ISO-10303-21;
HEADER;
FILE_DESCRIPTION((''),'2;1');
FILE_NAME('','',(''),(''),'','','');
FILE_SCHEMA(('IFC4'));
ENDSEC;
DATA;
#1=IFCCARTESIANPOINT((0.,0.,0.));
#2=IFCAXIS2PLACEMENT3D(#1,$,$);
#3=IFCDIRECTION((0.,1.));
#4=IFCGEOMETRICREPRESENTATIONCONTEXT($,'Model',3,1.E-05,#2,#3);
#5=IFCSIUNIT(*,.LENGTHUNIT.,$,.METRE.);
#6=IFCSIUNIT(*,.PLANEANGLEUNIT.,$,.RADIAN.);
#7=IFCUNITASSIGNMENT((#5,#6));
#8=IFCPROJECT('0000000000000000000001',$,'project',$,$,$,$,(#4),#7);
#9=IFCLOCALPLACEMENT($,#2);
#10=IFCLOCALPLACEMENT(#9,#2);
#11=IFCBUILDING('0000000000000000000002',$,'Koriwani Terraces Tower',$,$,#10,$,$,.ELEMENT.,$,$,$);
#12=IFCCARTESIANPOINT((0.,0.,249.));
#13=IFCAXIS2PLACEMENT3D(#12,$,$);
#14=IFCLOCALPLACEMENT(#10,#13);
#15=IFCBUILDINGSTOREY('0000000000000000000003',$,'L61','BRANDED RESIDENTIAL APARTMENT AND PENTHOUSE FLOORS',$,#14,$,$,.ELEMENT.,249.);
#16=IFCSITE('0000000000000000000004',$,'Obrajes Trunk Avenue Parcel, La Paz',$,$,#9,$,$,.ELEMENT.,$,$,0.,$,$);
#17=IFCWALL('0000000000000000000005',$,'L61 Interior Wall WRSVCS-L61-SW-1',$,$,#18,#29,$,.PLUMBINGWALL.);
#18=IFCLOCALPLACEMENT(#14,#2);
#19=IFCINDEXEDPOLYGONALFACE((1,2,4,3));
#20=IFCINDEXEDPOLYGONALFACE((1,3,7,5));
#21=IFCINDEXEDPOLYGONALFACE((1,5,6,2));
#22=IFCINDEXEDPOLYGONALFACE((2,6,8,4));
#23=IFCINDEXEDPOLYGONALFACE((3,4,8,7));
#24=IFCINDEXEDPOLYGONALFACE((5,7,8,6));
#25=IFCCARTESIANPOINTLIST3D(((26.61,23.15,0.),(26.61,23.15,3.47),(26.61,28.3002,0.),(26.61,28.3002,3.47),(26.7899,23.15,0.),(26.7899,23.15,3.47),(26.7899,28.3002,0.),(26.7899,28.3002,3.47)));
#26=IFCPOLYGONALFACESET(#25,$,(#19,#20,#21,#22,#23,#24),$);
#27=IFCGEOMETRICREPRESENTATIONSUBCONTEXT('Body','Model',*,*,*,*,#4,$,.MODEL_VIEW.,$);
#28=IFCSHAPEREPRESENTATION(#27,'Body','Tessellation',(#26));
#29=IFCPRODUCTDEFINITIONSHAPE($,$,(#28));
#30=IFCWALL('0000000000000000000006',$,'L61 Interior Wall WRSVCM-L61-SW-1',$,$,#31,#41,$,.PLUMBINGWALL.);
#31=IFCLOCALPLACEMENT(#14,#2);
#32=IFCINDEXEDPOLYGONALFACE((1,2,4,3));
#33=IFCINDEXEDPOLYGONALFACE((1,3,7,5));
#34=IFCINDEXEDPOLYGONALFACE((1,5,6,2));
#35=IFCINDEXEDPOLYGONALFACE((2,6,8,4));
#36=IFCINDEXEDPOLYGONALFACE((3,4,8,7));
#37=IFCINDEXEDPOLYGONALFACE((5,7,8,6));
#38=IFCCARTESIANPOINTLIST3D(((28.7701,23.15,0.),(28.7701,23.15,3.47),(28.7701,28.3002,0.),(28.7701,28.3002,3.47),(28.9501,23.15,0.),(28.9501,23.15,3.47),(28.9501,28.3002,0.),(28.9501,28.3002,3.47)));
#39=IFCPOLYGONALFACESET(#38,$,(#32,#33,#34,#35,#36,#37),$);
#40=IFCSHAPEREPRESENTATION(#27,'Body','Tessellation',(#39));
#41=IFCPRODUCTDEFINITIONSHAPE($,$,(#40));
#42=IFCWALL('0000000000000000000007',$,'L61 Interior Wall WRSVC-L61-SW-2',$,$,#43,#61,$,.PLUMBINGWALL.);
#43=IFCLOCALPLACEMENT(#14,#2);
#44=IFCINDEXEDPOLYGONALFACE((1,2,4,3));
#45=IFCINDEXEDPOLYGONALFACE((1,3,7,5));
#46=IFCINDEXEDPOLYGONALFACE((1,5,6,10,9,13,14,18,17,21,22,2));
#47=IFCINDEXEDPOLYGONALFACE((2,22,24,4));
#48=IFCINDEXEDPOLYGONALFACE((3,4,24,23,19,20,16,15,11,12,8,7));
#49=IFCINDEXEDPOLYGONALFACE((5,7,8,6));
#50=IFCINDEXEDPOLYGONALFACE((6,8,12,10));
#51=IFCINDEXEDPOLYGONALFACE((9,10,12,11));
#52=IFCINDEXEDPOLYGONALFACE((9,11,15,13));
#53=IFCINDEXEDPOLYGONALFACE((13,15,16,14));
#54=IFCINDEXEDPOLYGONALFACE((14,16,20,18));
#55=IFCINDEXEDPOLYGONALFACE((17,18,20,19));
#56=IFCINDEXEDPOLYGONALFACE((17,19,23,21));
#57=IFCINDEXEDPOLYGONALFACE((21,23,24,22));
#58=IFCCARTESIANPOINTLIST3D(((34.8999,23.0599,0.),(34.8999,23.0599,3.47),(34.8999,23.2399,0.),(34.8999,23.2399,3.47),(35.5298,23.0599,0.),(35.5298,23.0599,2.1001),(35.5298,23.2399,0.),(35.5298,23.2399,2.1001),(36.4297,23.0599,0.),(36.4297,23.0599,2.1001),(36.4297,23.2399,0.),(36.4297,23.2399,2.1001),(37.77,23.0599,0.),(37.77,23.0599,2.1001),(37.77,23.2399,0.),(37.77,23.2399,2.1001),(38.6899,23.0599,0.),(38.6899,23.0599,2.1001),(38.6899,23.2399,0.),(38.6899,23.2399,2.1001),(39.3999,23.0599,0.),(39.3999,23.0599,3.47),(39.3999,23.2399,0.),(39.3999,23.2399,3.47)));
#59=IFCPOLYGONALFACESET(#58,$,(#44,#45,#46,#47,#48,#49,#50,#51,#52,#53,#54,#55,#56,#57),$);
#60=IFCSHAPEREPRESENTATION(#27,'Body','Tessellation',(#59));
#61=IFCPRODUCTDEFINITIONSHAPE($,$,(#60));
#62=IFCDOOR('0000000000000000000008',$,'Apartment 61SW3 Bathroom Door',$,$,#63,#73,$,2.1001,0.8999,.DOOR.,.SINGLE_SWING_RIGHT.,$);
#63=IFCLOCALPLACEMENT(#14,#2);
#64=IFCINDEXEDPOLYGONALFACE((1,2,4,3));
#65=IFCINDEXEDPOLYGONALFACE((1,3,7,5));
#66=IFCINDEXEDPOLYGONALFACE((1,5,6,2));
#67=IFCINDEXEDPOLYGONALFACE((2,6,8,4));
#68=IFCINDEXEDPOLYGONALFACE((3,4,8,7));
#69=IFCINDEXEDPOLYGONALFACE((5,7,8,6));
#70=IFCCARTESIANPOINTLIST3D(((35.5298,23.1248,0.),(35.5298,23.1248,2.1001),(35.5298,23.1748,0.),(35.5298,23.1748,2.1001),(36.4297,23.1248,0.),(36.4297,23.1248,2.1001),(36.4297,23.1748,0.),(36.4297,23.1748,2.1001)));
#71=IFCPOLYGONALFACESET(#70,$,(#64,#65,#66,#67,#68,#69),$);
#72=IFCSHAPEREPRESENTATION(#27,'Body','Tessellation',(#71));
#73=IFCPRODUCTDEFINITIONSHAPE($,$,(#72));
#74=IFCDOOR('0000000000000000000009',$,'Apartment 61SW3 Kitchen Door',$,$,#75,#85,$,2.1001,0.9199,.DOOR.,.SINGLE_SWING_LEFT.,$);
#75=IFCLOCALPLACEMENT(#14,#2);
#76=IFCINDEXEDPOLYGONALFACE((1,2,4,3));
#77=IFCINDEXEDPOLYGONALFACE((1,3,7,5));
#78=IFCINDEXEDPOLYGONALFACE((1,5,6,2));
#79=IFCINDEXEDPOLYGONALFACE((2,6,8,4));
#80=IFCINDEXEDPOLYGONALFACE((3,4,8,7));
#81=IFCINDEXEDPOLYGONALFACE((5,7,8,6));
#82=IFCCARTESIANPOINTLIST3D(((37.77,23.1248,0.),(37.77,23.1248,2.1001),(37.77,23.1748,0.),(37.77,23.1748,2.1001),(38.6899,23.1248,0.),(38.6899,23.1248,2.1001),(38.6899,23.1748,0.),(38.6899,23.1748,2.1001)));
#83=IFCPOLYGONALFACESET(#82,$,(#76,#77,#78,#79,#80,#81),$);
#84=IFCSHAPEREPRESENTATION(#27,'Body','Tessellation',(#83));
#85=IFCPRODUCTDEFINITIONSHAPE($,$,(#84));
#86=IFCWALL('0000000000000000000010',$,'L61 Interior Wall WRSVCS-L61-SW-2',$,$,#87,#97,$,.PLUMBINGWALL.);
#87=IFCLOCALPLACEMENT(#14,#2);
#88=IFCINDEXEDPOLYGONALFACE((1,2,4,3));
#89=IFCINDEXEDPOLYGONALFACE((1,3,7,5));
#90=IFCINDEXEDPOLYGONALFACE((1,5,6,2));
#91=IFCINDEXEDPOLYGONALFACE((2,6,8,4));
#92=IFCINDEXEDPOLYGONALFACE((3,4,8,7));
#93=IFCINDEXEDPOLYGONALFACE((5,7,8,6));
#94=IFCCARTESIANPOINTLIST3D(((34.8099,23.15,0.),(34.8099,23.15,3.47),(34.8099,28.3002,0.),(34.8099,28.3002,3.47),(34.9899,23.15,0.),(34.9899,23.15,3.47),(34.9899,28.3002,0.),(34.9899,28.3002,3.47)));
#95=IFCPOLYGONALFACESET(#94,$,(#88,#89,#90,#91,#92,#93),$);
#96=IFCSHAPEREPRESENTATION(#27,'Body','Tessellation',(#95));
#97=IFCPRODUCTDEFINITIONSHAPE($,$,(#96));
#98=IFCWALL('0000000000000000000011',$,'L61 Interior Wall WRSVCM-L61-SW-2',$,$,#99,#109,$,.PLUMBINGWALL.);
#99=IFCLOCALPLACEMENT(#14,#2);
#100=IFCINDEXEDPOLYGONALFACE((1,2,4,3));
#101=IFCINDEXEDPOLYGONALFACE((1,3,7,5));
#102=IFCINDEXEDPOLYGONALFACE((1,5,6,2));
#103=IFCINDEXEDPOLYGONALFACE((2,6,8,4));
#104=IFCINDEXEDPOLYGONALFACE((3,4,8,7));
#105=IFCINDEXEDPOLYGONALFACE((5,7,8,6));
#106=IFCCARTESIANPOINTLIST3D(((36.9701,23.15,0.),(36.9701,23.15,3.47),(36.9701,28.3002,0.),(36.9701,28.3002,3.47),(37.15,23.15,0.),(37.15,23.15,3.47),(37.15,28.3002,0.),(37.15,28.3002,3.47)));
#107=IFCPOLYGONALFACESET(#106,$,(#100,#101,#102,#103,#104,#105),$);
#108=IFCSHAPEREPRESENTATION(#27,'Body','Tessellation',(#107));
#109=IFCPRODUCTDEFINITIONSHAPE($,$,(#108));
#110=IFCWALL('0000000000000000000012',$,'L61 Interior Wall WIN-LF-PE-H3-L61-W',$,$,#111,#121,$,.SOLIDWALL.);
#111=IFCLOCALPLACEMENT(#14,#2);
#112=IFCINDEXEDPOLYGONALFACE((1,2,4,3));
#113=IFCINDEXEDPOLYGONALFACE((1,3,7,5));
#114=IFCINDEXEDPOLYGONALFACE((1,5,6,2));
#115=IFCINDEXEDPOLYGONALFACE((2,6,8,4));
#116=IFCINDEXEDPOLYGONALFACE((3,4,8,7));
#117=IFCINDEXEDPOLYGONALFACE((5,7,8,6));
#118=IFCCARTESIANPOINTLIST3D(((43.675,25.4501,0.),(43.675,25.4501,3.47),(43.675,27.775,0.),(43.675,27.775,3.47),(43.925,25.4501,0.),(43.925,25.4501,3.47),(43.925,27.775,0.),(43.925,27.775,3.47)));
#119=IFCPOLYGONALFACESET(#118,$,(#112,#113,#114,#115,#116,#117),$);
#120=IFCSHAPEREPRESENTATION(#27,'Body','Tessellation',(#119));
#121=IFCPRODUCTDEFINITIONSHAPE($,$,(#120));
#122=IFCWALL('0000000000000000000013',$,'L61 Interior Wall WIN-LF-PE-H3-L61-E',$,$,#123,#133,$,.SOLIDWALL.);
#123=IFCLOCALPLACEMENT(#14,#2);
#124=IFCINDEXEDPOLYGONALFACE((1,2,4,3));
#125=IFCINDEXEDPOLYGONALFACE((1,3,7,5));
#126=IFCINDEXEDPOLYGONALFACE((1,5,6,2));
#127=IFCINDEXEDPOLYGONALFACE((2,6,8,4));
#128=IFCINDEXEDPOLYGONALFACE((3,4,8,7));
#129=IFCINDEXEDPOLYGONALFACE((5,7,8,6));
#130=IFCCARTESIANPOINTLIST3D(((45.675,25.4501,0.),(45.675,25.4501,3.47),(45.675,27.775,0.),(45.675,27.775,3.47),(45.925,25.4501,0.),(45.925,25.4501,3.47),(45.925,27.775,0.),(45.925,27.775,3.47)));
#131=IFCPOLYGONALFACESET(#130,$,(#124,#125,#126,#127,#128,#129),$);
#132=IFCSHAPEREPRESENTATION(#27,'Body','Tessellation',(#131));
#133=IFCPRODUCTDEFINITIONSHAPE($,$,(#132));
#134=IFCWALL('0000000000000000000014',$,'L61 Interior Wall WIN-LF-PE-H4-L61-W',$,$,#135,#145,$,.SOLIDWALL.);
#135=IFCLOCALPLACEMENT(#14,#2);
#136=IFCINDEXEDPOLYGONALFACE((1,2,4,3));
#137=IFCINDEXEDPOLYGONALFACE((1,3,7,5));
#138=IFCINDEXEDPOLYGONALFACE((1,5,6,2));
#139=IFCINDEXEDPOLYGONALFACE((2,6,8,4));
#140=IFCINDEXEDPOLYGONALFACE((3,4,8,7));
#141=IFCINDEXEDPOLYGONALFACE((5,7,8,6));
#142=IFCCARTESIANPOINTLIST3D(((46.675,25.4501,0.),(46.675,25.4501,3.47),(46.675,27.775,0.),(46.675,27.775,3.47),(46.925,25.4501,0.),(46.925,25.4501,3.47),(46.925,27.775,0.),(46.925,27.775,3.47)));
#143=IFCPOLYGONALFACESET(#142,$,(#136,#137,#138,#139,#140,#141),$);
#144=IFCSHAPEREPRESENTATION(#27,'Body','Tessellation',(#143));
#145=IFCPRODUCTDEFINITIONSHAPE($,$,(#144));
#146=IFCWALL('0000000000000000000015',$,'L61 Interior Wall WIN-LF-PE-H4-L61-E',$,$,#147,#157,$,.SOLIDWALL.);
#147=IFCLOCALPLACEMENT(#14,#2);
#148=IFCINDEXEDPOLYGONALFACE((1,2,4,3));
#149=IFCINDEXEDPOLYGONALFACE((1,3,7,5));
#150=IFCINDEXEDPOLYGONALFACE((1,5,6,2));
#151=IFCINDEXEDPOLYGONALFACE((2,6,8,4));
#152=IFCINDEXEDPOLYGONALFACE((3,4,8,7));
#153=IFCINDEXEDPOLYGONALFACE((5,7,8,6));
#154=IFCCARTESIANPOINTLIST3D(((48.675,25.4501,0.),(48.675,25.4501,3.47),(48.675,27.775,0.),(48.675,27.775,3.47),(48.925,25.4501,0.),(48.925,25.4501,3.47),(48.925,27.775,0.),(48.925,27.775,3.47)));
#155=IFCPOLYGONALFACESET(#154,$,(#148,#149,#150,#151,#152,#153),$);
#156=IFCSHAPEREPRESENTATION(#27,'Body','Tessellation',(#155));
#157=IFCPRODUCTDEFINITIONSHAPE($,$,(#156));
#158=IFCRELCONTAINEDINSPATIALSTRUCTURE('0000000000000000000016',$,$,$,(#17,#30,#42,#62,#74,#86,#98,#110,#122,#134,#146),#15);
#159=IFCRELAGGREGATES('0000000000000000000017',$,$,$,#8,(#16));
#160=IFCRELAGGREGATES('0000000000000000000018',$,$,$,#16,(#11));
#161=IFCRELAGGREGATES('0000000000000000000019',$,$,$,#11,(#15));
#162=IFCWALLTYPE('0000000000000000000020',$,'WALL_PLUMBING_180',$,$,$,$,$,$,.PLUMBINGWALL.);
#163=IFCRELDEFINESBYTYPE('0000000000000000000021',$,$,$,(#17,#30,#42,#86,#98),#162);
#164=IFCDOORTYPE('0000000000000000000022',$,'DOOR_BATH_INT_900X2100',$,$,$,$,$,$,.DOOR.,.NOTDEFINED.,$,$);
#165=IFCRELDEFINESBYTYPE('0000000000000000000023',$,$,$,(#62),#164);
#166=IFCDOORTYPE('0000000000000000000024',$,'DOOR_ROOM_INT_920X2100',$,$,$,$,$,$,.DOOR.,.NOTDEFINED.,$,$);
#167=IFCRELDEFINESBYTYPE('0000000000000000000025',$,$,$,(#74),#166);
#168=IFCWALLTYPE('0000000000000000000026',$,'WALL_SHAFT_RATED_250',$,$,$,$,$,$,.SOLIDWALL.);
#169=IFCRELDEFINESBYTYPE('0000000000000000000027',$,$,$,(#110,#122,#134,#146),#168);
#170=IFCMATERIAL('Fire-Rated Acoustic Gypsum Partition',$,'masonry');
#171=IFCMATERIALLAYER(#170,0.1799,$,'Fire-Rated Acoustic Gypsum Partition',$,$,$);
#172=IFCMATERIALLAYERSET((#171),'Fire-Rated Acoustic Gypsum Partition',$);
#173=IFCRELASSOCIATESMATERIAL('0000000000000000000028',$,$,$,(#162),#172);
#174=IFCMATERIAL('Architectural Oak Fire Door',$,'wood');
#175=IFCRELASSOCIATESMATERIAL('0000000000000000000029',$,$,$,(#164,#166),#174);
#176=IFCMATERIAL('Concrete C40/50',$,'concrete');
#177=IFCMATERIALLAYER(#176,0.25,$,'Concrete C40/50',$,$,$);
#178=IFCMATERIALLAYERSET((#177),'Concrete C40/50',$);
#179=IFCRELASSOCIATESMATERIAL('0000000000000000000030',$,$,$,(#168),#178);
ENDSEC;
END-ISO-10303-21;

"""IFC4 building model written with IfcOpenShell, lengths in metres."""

from ifc_helpers import new_model, si_unit, direction, frame, frame_2d, origin, place, context, subcontext, project, spatial, rectangle, extrude, material, layer, layer_set, type_object, element, fill, save


model = new_model("IFC4")

# Units and contexts
model_context = context("Model", 3, precision=1e-05, world=origin(), true_north=direction((0.0, 1.0)))
body_context = subcontext(model_context, "Body", "Model", "MODEL_VIEW")
ifc_project = project(units=[si_unit("LENGTHUNIT", "METRE"), si_unit("PLANEANGLEUNIT", "RADIAN")], contexts=[model_context])

# Site, building, storey
site_placement = place(None, origin())
site = spatial("IfcSite", under=ifc_project, at=site_placement, Name="Obrajes Trunk Avenue Parcel, La Paz", CompositionType="ELEMENT", RefElevation=0.0)
building_placement = place(site_placement, origin())
building = spatial("IfcBuilding", under=site, at=building_placement, Name="Koriwani Terraces Tower", CompositionType="ELEMENT")
storey_placement = place(building_placement, frame((0.0, 0.0, 249.0)))
storey = spatial("IfcBuildingStorey", under=building, at=storey_placement, Name="L61", Description="BRANDED RESIDENTIAL APARTMENT AND PENTHOUSE FLOORS", CompositionType="ELEMENT", Elevation=249.0)

# Shared definitions
ifc_material_1 = material(Name="Fire-Rated Acoustic Gypsum Partition", Category="masonry")
ifc_layer_1 = layer(ifc_material_1, 0.1799, Name="Fire-Rated Acoustic Gypsum Partition")
ifc_layer_set_1 = layer_set([ifc_layer_1], Name="Fire-Rated Acoustic Gypsum Partition")
wall_type_1 = type_object("IfcWallType", Name="WALL_PLUMBING_180", PredefinedType="PLUMBINGWALL", material=ifc_layer_set_1)
ifc_material_2 = material(Name="Architectural Oak Fire Door", Category="wood")
door_type_1 = type_object("IfcDoorType", Name="DOOR_BATH_INT_900X2100", OperationType="NOTDEFINED", PredefinedType="DOOR", material=ifc_material_2)
door_type_2 = type_object("IfcDoorType", Name="DOOR_ROOM_INT_920X2100", OperationType="NOTDEFINED", PredefinedType="DOOR", material=ifc_material_2)

# Walls
for number, where, z_axis, x_axis, name in (
    (1, (26.7, 23.1499, 0.0), (0.0, 0.0, 1.0), (0.0, 1.0, 0.0), "L61 Interior Wall WRSVCS-L61-SW-1"),
    (2, (28.8601, 23.1499, 0.0), (0.0, 0.0, 1.0), (0.0, 1.0, 0.0), "L61 Interior Wall WRSVCM-L61-SW-1"),
):
    element("IfcWall", number, at=place(storey_placement, frame(where, z_axis=z_axis, x_axis=x_axis)), inside=storey, type_object=wall_type_1, Name=name, PredefinedType="PLUMBINGWALL", context=body_context, shape_type="SweptSolid", body=[
        extrude(rectangle(XDim=5.1501, YDim=0.1799, at=frame_2d((2.5752, 0.0))), origin(), (0.0, 0.0, 1.0), 3.47),
    ])

# Wall, openings, doors
wall_1_placement = place(storey_placement, frame((34.8999, 23.1499, 0.0), z_axis=(0.0, 0.0, 1.0), x_axis=(1.0, 0.0, 0.0)))
wall_1 = element("IfcWall", 3, at=wall_1_placement, inside=storey, type_object=wall_type_1, Name="L61 Interior Wall WRSVC-L61-SW-2", PredefinedType="PLUMBINGWALL", context=body_context, shape_type="SweptSolid", body=[
    extrude(rectangle(XDim=4.5, YDim=0.1799, at=frame_2d((2.25, 0.0))), origin(), (0.0, 0.0, 1.0), 3.47),
])
opening_1_placement = place(wall_1_placement, frame((0.6299, 0.0, 0.0)))
opening_1 = element("IfcOpeningElement", 4, at=opening_1_placement, cuts=wall_1, PredefinedType="OPENING", context=body_context, shape_type="SweptSolid", body=[
    extrude(rectangle(XDim=0.8999, YDim=2.1001, at=frame_2d((0.45, 1.05))), frame((0.0, 0.1001, 0.0), z_axis=(0.0, -1.0, 0.0), x_axis=(1.0, 0.0, 0.0)), (0.0, 0.0, 1.0), 0.2),
])
opening_2_placement = place(wall_1_placement, frame((2.8701, 0.0, 0.0)))
opening_2 = element("IfcOpeningElement", 5, at=opening_2_placement, cuts=wall_1, PredefinedType="OPENING", context=body_context, shape_type="SweptSolid", body=[
    extrude(rectangle(XDim=0.9199, YDim=2.1001, at=frame_2d((0.46, 1.05))), frame((0.0, 0.1001, 0.0), z_axis=(0.0, -1.0, 0.0), x_axis=(1.0, 0.0, 0.0)), (0.0, 0.0, 1.0), 0.2),
])
door_1_placement = place(opening_1_placement, origin())
door_1 = element("IfcDoor", 6, at=door_1_placement, inside=storey, type_object=door_type_1, Name="Apartment 61SW3 Bathroom Door", OperationType="SINGLE_SWING_RIGHT", OverallHeight=2.1001, OverallWidth=0.8999, PredefinedType="DOOR", context=body_context, shape_type="SweptSolid", body=[
    extrude(rectangle(XDim=0.8999, YDim=2.1001, at=frame_2d((0.45, 1.05))), frame((0.0, 0.0249, 0.0), z_axis=(0.0, -1.0, 0.0), x_axis=(1.0, 0.0, 0.0)), (0.0, 0.0, 1.0), 0.05),
])
fill(opening_1, door_1)
door_2_placement = place(opening_2_placement, origin())
door_2 = element("IfcDoor", 7, at=door_2_placement, inside=storey, type_object=door_type_2, Name="Apartment 61SW3 Kitchen Door", OperationType="SINGLE_SWING_LEFT", OverallHeight=2.1001, OverallWidth=0.9199, PredefinedType="DOOR", context=body_context, shape_type="SweptSolid", body=[
    extrude(rectangle(XDim=0.9199, YDim=2.1001, at=frame_2d((0.46, 1.05))), frame((0.0, 0.0249, 0.0), z_axis=(0.0, -1.0, 0.0), x_axis=(1.0, 0.0, 0.0)), (0.0, 0.0, 1.0), 0.05),
])
fill(opening_2, door_2)

# Walls
for number, where, z_axis, x_axis, name in (
    (8, (34.8999, 23.1499, 0.0), (0.0, 0.0, 1.0), (0.0, 1.0, 0.0), "L61 Interior Wall WRSVCS-L61-SW-2"),
    (9, (37.0601, 23.1499, 0.0), (0.0, 0.0, 1.0), (0.0, 1.0, 0.0), "L61 Interior Wall WRSVCM-L61-SW-2"),
):
    element("IfcWall", number, at=place(storey_placement, frame(where, z_axis=z_axis, x_axis=x_axis)), inside=storey, type_object=wall_type_1, Name=name, PredefinedType="PLUMBINGWALL", context=body_context, shape_type="SweptSolid", body=[
        extrude(rectangle(XDim=5.1501, YDim=0.1799, at=frame_2d((2.5752, 0.0))), origin(), (0.0, 0.0, 1.0), 3.47),
    ])
ifc_material_3 = material(Name="Concrete C40/50", Category="concrete")
ifc_layer_2 = layer(ifc_material_3, 0.25, Name="Concrete C40/50")
ifc_layer_set_2 = layer_set([ifc_layer_2], Name="Concrete C40/50")
wall_type_2 = type_object("IfcWallType", Name="WALL_SHAFT_RATED_250", PredefinedType="SOLIDWALL", material=ifc_layer_set_2)
for number, where, z_axis, x_axis, name in (
    (10, (43.8, 25.45, 0.0), (0.0, 0.0, 1.0), (0.0, 1.0, 0.0), "L61 Interior Wall WIN-LF-PE-H3-L61-W"),
    (11, (45.8, 25.45, 0.0), (0.0, 0.0, 1.0), (0.0, 1.0, 0.0), "L61 Interior Wall WIN-LF-PE-H3-L61-E"),
    (12, (46.8, 25.45, 0.0), (0.0, 0.0, 1.0), (0.0, 1.0, 0.0), "L61 Interior Wall WIN-LF-PE-H4-L61-W"),
    (13, (48.8, 25.45, 0.0), (0.0, 0.0, 1.0), (0.0, 1.0, 0.0), "L61 Interior Wall WIN-LF-PE-H4-L61-E"),
):
    element("IfcWall", number, at=place(storey_placement, frame(where, z_axis=z_axis, x_axis=x_axis)), inside=storey, type_object=wall_type_2, Name=name, PredefinedType="SOLIDWALL", context=body_context, shape_type="SweptSolid", body=[
        extrude(rectangle(XDim=2.325, YDim=0.25, at=frame_2d((1.1626, 0.0))), origin(), (0.0, 0.0, 1.0), 3.47),
    ])

save(model, "model.ifc")
